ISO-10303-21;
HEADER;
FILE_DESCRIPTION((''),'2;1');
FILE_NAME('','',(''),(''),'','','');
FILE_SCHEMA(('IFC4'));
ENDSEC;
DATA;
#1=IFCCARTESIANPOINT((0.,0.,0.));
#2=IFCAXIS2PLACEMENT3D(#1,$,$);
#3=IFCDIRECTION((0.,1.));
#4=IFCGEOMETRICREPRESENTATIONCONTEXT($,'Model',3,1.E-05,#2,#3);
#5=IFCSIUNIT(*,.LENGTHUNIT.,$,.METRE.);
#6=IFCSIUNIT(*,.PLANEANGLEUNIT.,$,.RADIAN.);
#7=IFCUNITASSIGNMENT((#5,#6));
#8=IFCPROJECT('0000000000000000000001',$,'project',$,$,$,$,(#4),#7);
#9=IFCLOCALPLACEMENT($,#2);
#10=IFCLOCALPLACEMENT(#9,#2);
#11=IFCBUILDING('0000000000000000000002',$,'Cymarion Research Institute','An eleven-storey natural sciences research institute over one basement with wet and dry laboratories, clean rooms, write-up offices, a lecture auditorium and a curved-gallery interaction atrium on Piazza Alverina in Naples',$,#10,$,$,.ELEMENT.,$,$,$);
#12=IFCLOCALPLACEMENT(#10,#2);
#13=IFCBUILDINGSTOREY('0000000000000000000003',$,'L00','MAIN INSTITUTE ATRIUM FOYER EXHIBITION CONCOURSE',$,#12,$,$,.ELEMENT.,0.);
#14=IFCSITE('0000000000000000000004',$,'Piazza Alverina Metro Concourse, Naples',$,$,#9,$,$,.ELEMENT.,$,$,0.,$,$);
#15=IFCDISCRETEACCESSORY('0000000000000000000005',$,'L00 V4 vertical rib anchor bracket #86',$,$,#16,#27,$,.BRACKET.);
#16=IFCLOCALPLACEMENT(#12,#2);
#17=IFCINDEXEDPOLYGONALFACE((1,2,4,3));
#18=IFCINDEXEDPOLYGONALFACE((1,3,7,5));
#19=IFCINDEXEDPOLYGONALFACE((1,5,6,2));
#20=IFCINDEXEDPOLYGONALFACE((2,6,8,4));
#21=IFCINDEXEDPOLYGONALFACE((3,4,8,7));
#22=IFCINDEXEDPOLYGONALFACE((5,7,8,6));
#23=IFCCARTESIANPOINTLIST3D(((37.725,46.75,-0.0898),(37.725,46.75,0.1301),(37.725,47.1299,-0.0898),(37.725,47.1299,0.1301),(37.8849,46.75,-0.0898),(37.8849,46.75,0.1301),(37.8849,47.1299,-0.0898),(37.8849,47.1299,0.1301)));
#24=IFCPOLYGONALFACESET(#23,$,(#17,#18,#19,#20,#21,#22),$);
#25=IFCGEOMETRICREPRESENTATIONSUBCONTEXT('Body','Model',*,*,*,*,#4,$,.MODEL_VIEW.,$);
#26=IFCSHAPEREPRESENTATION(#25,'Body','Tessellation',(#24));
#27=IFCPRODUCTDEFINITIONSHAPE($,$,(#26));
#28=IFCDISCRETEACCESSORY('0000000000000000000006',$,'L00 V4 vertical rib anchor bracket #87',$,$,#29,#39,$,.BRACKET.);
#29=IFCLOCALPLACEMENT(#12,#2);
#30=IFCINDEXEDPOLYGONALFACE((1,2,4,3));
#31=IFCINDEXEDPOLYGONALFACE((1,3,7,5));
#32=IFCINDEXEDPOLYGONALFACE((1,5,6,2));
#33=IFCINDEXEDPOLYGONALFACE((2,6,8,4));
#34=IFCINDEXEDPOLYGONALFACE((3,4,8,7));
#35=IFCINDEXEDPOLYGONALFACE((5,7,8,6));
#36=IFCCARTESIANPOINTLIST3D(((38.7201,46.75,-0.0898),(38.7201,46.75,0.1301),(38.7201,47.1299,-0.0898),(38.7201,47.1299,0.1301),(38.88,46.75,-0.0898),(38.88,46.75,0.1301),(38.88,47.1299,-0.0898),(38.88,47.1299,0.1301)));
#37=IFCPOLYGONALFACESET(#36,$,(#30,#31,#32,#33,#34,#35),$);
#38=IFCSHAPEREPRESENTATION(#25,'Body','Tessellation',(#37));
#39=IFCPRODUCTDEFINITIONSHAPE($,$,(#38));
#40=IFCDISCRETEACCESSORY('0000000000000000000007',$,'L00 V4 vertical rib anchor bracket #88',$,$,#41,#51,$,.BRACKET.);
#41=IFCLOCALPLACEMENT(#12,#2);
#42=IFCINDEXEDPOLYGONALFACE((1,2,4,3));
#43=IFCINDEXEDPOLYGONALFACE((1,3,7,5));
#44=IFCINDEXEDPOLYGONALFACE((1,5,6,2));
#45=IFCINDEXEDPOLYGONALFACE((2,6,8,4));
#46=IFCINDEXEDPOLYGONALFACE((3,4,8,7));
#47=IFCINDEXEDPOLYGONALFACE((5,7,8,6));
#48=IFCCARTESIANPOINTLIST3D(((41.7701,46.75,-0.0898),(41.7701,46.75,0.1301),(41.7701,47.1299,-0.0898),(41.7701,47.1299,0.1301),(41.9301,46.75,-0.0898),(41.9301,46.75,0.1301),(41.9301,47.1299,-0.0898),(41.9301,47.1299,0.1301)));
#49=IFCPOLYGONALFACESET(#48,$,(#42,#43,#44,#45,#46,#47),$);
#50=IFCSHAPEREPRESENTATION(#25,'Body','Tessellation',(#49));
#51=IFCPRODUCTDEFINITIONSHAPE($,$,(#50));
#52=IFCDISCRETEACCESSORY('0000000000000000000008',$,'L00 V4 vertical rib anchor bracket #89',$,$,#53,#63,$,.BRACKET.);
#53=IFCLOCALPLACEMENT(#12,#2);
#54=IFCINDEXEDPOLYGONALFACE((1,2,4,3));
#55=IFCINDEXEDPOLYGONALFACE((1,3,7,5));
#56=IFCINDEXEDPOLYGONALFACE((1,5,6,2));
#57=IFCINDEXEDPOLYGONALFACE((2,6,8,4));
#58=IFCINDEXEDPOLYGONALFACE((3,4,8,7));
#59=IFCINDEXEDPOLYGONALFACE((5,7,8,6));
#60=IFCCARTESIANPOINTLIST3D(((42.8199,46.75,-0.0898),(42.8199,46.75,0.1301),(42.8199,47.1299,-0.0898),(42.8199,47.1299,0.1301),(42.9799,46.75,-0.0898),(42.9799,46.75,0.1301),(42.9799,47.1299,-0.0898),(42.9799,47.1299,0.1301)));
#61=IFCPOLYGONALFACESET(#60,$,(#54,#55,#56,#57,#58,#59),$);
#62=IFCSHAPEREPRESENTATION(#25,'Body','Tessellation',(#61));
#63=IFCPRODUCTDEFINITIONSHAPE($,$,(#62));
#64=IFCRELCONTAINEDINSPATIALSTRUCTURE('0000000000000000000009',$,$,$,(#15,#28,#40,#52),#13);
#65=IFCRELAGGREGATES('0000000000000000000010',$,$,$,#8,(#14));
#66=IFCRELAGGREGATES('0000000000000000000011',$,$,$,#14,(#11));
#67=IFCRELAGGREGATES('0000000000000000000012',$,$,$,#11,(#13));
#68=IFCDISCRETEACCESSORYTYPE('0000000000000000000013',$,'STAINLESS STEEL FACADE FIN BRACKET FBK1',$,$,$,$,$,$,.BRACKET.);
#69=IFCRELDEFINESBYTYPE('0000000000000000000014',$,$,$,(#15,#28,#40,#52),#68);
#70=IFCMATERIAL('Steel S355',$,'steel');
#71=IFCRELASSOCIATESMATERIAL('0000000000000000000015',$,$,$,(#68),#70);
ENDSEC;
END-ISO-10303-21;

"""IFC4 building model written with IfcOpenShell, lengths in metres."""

from ifc_helpers import new_model, si_unit, direction, frame, origin, origin_2d, place, context, subcontext, project, spatial, rectangle, extrude, material, type_object, element, save


model = new_model("IFC4")

# Units and contexts
model_context = context("Model", 3, precision=1e-05, world=origin(), true_north=direction((0.0, 1.0)))
body_context = subcontext(model_context, "Body", "Model", "MODEL_VIEW")
ifc_project = project(units=[si_unit("LENGTHUNIT", "METRE"), si_unit("PLANEANGLEUNIT", "RADIAN")], contexts=[model_context])

# Site, building, storey
site_placement = place(None, origin())
site = spatial("IfcSite", under=ifc_project, at=site_placement, Name="Piazza Alverina Metro Concourse, Naples", CompositionType="ELEMENT", RefElevation=0.0)
building_placement = place(site_placement, origin())
building = spatial("IfcBuilding", under=site, at=building_placement, Name="Cymarion Research Institute", Description="An eleven-storey natural sciences research institute over one basement with wet and dry laboratories, clean rooms, write-up offices, a lecture auditorium and a curved-gallery interaction atrium on Piazza Alverina in Naples", CompositionType="ELEMENT")
storey_placement = place(building_placement, origin())
storey = spatial("IfcBuildingStorey", under=building, at=storey_placement, Name="L00", Description="MAIN INSTITUTE ATRIUM FOYER EXHIBITION CONCOURSE", CompositionType="ELEMENT", Elevation=0.0)

# Shared definitions
ifc_material_1 = material(Name="Steel S355", Category="steel")

# Discrete accessories
discrete_accessory_type = type_object("IfcDiscreteAccessoryType", Name="STAINLESS STEEL FACADE FIN BRACKET FBK1", PredefinedType="BRACKET", material=ifc_material_1)
for number, where, z_axis, x_axis, name in (
    (1, (37.8049, 46.9399, -0.0898), (0.0, 0.0, 1.0), (0.0, -1.0, 0.0), "L00 V4 vertical rib anchor bracket #86"),
    (2, (38.8, 46.9399, -0.0898), (0.0, 0.0, 1.0), (0.0, -1.0, 0.0), "L00 V4 vertical rib anchor bracket #87"),
    (3, (41.8501, 46.9399, -0.0898), (0.0, 0.0, 1.0), (0.0, -1.0, 0.0), "L00 V4 vertical rib anchor bracket #88"),
    (4, (42.8999, 46.9399, -0.0898), (0.0, 0.0, 1.0), (0.0, -1.0, 0.0), "L00 V4 vertical rib anchor bracket #89"),
):
    element("IfcDiscreteAccessory", number, at=place(storey_placement, frame(where, z_axis=z_axis, x_axis=x_axis)), inside=storey, type_object=discrete_accessory_type, Name=name, PredefinedType="BRACKET", context=body_context, shape_type="SweptSolid", body=[
        extrude(rectangle(XDim=0.3799, YDim=0.1599, at=origin_2d()), origin(), (0.0, 0.0, 1.0), 0.22),
    ])

save(model, "model.ifc")
